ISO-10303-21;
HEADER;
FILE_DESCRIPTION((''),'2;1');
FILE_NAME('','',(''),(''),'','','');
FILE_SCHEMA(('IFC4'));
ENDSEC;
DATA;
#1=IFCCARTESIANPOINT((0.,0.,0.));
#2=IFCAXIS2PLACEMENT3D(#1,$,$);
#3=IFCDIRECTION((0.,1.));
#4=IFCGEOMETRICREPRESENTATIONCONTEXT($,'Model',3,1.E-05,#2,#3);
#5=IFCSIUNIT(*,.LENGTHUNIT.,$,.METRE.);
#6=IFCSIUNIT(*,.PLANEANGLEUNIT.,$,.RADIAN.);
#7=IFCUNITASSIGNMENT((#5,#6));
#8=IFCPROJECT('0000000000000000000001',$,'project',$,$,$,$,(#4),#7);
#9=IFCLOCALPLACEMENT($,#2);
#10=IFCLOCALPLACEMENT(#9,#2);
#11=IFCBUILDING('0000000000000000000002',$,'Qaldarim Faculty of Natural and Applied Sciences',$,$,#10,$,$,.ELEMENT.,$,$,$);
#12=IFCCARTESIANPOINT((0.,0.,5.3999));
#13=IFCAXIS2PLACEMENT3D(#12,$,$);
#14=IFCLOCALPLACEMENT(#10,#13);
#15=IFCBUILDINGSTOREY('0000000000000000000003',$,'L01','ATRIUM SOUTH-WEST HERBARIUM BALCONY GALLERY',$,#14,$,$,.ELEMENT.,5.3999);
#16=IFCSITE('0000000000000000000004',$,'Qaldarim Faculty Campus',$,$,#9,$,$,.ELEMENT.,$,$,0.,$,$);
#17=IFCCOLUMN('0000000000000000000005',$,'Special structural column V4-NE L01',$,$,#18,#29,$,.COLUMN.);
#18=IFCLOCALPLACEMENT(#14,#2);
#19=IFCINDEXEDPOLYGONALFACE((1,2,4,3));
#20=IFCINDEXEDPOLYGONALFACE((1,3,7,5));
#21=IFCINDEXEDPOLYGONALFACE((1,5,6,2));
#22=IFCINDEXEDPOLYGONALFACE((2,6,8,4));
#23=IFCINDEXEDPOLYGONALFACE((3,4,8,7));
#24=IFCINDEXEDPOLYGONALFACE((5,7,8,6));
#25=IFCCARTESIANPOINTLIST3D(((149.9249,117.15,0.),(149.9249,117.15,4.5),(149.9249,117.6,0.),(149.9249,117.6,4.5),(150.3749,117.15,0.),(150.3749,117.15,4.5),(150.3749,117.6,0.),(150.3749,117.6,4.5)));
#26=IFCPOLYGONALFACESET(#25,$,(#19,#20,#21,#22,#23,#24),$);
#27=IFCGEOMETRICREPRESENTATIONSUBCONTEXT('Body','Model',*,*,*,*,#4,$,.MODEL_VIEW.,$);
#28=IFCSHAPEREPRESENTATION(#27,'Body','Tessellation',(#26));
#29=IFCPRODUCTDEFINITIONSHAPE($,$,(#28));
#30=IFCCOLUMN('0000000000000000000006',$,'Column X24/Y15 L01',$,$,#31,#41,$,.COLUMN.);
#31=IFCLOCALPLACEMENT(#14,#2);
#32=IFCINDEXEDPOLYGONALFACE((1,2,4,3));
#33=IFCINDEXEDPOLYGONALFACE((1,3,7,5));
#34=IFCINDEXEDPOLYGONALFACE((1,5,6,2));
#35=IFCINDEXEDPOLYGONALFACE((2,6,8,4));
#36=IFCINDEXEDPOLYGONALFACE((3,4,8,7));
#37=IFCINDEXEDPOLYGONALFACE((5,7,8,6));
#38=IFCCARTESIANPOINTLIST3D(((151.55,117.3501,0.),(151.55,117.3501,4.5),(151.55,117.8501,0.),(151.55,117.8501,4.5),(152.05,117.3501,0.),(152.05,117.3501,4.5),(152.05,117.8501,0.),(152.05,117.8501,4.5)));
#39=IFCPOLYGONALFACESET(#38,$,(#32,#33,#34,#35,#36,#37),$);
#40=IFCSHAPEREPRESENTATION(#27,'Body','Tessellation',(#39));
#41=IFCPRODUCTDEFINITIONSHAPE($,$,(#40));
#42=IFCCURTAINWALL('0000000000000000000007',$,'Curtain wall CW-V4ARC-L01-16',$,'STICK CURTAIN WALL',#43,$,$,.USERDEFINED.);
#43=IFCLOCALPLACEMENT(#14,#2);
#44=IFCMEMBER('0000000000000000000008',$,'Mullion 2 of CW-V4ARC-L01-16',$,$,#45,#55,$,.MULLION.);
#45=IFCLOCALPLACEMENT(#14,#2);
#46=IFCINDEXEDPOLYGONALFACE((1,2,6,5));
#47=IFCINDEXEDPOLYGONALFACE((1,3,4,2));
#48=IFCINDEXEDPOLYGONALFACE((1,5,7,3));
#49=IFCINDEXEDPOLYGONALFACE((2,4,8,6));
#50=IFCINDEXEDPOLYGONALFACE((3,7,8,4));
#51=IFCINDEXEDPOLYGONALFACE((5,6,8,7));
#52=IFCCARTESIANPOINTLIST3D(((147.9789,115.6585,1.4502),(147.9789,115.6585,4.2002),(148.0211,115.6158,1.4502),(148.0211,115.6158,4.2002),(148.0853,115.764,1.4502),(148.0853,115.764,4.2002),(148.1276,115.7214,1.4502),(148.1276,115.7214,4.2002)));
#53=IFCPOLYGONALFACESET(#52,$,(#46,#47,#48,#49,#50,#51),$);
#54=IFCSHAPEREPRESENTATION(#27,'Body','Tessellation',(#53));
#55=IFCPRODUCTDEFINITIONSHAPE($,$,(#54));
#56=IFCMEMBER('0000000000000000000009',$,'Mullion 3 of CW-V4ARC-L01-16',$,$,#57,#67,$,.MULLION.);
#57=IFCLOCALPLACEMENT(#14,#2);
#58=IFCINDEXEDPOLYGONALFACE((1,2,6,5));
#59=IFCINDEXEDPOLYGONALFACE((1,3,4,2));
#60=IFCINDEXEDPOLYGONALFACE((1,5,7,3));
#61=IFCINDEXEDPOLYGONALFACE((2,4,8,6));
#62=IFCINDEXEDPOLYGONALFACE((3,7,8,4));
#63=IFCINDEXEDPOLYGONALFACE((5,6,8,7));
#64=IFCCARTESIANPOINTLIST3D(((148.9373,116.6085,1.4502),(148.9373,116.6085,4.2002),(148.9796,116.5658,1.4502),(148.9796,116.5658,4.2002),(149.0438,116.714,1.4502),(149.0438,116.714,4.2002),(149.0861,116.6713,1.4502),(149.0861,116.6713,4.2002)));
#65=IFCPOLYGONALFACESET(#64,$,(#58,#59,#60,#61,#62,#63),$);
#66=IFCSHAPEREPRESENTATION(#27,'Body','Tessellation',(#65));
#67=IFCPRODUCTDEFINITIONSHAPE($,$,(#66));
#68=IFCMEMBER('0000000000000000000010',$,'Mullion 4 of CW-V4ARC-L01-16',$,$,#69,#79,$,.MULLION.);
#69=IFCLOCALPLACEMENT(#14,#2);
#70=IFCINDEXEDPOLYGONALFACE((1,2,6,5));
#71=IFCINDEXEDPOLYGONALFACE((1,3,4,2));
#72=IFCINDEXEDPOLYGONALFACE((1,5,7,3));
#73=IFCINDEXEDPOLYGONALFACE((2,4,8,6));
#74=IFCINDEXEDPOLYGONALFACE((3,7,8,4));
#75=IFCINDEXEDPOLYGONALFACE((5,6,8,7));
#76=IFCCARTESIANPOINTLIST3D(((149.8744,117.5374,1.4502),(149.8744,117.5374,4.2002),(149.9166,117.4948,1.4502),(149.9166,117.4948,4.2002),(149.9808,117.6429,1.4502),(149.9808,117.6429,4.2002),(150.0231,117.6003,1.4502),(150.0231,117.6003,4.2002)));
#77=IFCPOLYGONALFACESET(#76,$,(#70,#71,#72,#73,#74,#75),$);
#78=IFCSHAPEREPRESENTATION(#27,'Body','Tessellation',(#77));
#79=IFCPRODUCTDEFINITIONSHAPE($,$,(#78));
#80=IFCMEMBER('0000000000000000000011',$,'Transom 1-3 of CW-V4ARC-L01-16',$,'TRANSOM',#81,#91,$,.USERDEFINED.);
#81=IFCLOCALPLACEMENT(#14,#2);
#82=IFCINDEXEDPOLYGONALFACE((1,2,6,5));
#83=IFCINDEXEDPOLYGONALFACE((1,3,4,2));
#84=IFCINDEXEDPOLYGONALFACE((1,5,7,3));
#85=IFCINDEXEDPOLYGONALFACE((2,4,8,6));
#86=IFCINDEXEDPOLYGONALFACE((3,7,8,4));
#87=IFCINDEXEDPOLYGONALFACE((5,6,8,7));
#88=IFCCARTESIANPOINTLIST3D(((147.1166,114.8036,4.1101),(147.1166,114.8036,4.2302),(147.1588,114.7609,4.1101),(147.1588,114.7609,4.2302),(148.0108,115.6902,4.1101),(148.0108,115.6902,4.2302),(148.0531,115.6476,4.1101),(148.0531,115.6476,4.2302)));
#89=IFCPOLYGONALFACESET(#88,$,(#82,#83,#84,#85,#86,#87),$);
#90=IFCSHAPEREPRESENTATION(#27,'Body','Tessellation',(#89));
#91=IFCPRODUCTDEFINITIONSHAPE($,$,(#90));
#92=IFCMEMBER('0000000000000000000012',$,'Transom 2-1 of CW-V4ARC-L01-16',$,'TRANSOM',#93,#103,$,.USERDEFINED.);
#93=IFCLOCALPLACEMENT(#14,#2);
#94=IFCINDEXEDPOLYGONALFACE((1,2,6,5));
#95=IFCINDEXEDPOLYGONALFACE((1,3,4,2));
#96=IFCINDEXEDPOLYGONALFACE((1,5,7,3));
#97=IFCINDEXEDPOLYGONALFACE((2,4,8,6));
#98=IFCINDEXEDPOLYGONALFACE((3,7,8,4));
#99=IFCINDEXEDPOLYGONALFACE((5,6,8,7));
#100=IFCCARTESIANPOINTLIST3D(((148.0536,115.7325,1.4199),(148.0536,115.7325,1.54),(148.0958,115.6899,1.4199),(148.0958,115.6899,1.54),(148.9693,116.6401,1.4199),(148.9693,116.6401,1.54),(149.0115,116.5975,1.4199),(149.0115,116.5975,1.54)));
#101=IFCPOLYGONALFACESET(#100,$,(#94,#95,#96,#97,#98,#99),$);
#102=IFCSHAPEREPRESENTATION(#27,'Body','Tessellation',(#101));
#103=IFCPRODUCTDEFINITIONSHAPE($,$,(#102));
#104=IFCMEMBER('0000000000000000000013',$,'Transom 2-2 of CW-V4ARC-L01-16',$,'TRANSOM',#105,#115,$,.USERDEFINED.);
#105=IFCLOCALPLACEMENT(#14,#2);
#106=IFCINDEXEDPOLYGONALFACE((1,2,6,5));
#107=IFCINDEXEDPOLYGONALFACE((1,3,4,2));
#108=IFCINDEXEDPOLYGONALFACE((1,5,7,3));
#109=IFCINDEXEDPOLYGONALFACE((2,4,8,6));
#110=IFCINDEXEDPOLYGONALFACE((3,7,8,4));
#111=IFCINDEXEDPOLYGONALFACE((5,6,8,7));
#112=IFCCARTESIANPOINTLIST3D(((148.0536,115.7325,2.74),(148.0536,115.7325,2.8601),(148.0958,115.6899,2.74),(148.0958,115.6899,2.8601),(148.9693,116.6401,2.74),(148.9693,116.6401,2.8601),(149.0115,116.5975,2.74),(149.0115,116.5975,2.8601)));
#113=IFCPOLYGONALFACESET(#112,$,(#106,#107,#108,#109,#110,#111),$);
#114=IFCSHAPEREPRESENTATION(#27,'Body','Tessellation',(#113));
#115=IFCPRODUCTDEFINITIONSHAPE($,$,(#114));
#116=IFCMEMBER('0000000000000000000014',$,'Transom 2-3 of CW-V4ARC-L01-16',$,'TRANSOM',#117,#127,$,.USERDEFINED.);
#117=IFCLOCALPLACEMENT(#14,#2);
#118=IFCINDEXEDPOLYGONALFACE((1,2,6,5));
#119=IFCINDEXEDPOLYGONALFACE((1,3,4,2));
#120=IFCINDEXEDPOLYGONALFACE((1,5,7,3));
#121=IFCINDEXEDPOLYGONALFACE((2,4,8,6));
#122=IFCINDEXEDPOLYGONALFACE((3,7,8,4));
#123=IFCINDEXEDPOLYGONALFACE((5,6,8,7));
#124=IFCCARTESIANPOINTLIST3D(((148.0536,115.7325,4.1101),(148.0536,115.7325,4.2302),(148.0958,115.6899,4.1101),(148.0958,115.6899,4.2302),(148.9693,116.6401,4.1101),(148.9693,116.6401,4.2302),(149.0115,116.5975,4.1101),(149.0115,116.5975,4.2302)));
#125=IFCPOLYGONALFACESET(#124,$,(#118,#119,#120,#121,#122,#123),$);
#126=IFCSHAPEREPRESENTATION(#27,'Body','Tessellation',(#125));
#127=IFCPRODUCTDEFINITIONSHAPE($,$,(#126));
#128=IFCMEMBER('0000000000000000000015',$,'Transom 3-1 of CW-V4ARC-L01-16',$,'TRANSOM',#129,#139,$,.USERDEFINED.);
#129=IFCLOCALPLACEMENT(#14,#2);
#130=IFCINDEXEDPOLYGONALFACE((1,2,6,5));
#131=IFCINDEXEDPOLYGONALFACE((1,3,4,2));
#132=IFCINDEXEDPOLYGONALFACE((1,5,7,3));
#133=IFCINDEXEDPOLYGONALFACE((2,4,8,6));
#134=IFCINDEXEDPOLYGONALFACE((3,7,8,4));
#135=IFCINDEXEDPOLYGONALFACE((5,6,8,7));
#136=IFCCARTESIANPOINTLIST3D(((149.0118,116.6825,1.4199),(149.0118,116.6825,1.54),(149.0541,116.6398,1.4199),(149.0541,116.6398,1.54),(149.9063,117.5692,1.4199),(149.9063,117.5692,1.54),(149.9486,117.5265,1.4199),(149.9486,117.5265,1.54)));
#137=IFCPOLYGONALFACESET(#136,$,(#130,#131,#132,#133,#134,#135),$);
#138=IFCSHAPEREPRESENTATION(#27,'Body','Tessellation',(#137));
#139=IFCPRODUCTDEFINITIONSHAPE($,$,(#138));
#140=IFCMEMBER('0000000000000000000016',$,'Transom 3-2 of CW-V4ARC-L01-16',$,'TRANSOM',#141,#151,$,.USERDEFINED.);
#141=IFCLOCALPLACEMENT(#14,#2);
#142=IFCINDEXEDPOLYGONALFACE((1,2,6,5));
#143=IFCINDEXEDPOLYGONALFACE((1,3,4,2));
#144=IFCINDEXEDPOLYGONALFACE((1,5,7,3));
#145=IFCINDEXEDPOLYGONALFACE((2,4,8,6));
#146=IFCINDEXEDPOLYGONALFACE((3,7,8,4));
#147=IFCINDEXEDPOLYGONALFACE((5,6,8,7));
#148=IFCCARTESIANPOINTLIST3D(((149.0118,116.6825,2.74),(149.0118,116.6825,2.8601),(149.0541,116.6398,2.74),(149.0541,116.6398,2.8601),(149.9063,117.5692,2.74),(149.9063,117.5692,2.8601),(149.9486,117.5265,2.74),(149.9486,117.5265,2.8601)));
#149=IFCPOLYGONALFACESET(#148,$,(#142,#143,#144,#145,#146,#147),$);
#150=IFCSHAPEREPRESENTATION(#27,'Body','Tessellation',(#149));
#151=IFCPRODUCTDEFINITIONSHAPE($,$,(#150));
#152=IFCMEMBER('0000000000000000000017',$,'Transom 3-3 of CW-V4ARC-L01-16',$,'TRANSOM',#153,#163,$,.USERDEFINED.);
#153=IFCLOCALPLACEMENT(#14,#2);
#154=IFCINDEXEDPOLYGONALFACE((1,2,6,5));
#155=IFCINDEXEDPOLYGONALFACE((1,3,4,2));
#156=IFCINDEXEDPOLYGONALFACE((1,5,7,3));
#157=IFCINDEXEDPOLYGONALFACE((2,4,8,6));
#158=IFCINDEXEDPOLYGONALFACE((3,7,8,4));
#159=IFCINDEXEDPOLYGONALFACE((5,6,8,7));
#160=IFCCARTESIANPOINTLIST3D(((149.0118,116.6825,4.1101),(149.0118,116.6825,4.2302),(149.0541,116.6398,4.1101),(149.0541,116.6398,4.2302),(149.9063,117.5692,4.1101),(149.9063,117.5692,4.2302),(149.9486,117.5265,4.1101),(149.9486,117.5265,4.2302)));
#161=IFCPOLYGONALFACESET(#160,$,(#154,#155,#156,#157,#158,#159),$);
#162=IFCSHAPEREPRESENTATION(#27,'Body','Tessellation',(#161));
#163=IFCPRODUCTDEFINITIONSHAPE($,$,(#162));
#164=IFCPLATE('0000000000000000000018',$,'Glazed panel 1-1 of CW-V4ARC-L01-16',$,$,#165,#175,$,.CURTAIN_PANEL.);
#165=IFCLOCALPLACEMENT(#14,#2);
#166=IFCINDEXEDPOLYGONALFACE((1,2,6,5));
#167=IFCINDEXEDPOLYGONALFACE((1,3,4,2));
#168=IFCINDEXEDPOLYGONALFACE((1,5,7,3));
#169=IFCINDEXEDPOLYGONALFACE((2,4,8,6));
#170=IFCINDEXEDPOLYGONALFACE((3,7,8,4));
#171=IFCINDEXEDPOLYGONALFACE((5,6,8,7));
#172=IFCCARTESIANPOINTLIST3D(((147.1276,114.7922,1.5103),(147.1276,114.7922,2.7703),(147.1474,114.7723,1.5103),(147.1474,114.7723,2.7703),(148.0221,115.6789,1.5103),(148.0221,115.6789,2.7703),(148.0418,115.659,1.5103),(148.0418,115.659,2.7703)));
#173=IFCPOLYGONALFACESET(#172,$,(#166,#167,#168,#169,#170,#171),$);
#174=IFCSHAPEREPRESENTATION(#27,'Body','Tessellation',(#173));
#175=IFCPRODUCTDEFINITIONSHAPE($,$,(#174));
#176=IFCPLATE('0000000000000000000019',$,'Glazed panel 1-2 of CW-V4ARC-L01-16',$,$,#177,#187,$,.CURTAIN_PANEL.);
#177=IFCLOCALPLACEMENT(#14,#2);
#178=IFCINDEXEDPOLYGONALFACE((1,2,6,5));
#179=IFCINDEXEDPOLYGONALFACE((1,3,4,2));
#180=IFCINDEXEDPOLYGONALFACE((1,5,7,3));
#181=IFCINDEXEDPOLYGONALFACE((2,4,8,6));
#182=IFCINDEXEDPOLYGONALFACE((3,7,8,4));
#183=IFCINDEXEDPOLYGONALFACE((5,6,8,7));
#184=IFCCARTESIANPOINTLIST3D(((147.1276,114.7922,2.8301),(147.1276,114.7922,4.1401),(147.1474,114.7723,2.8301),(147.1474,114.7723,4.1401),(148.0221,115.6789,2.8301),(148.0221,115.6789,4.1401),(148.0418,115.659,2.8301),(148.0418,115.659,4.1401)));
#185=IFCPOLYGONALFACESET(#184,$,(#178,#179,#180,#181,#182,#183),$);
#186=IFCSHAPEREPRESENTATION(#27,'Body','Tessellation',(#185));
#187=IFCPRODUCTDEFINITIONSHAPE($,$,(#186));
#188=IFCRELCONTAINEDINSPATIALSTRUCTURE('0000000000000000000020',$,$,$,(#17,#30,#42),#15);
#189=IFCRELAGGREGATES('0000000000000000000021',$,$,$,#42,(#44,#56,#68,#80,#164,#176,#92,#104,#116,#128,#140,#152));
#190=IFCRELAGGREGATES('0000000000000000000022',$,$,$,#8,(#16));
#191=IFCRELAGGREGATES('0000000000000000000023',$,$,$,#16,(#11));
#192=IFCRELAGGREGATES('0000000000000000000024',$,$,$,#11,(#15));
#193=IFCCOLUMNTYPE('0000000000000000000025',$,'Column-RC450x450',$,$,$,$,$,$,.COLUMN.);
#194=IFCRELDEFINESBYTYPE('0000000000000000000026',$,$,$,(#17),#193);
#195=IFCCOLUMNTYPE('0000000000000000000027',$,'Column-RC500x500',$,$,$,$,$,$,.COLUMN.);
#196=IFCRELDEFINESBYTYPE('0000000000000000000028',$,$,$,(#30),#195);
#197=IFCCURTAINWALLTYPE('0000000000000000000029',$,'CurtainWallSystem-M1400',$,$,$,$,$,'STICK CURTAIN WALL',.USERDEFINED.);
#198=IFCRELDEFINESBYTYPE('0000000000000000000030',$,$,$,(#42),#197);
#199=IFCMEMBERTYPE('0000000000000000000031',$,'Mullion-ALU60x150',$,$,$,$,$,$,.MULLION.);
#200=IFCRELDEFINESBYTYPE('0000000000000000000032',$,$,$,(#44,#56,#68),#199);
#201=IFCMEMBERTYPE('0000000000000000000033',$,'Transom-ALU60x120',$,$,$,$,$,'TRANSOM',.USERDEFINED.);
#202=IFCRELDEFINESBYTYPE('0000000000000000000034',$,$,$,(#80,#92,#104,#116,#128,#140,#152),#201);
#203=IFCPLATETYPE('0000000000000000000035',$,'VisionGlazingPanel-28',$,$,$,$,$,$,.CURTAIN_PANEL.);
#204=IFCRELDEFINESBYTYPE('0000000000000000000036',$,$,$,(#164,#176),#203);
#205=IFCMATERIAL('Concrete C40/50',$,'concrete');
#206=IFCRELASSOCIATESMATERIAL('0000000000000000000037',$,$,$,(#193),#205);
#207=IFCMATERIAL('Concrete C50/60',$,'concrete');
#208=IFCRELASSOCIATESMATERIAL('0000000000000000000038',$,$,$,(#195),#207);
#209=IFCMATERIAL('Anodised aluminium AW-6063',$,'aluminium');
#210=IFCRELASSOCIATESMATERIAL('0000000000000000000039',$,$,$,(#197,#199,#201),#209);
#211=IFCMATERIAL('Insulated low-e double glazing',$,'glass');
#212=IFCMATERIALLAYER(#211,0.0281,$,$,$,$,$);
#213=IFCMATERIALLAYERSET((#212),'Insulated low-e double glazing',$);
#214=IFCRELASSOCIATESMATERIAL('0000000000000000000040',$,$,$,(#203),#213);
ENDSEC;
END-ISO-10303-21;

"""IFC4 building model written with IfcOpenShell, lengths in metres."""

from ifc_helpers import new_model, si_unit, direction, frame, origin, origin_2d, place, context, subcontext, project, spatial, rectangle, extrude, material, layer, layer_set, material_profile, profile_set, type_object, element, aggregate, save


model = new_model("IFC4")

# Units and contexts
model_context = context("Model", 3, precision=1e-05, world=origin(), true_north=direction((0.0, 1.0)))
body_context = subcontext(model_context, "Body", "Model", "MODEL_VIEW")
ifc_project = project(units=[si_unit("LENGTHUNIT", "METRE"), si_unit("PLANEANGLEUNIT", "RADIAN")], contexts=[model_context])

# Site, building, storey
site_placement = place(None, origin())
site = spatial("IfcSite", under=ifc_project, at=site_placement, Name="Qaldarim Faculty Campus", CompositionType="ELEMENT", RefElevation=0.0)
building_placement = place(site_placement, origin())
building = spatial("IfcBuilding", under=site, at=building_placement, Name="Qaldarim Faculty of Natural and Applied Sciences", CompositionType="ELEMENT")
storey_placement = place(building_placement, frame((0.0, 0.0, 5.3999)))
storey = spatial("IfcBuildingStorey", under=building, at=storey_placement, Name="L01", Description="ATRIUM SOUTH-WEST HERBARIUM BALCONY GALLERY", CompositionType="ELEMENT", Elevation=5.3999)

# Columns
ifc_material_1 = material(Name="Concrete C40/50", Category="concrete")
ifc_material_profile_1 = material_profile(ifc_material_1, rectangle(XDim=0.45, YDim=0.45, at=origin_2d()), Name="RC-C450x450")
ifc_profile_set_1 = profile_set([ifc_material_profile_1], Name="Concrete C40/50")
column_type_1 = type_object("IfcColumnType", Name="Column-RC450x450", PredefinedType="COLUMN", material=ifc_profile_set_1)
column_1_placement = place(storey_placement, frame((150.1499, 117.375, 0.0), z_axis=(0.0, 0.0, 1.0), x_axis=(1.0, 0.0, 0.0)))
element("IfcColumn", 1, at=column_1_placement, inside=storey, type_object=column_type_1, Name="Special structural column V4-NE L01", PredefinedType="COLUMN", context=body_context, shape_type="SweptSolid", body=[
    extrude(rectangle(XDim=0.45, YDim=0.45, at=origin_2d()), origin(), (0.0, 0.0, 1.0), 4.5),
])
ifc_material_2 = material(Name="Concrete C50/60", Category="concrete")
ifc_material_profile_2 = material_profile(ifc_material_2, rectangle(XDim=0.5, YDim=0.5, at=origin_2d()), Name="RC-C500x500")
ifc_profile_set_2 = profile_set([ifc_material_profile_2], Name="Concrete C50/60")
column_type_2 = type_object("IfcColumnType", Name="Column-RC500x500", PredefinedType="COLUMN", material=ifc_profile_set_2)
column_2_placement = place(storey_placement, frame((151.8, 117.6001, 0.0), z_axis=(0.0, 0.0, 1.0), x_axis=(1.0, 0.0, 0.0)))
element("IfcColumn", 2, at=column_2_placement, inside=storey, type_object=column_type_2, Name="Column X24/Y15 L01", PredefinedType="COLUMN", context=body_context, shape_type="SweptSolid", body=[
    extrude(rectangle(XDim=0.5, YDim=0.5, at=origin_2d()), origin(), (0.0, 0.0, 1.0), 4.5),
])

# Curtain wall, members, plates
ifc_material_3 = material(Name="Anodised aluminium AW-6063", Category="aluminium")
curtain_wall_type = type_object("IfcCurtainWallType", Name="CurtainWallSystem-M1400", ElementType="STICK CURTAIN WALL", PredefinedType="USERDEFINED", material=ifc_material_3)
curtain_wall_placement = place(storey_placement, origin())
curtain_wall = element("IfcCurtainWall", 3, at=curtain_wall_placement, inside=storey, type_object=curtain_wall_type, Name="Curtain wall CW-V4ARC-L01-16", ObjectType="STICK CURTAIN WALL", PredefinedType="USERDEFINED")
ifc_material_profile_3 = material_profile(ifc_material_3, rectangle(XDim=0.0601, YDim=0.1499, at=origin_2d()), Name="ALU-M60x150")
ifc_profile_set_3 = profile_set([ifc_material_profile_3], Name="Anodised aluminium AW-6063")
member_type_1 = type_object("IfcMemberType", Name="Mullion-ALU60x150", PredefinedType="MULLION", material=ifc_profile_set_3)
member_1_placement = place(storey_placement, frame((148.0532, 115.6899, 1.4502), z_axis=(0.0, 0.0, 1.0), x_axis=(-0.704015, 0.710185, 0.0)))
member_1 = element("IfcMember", 4, at=member_1_placement, type_object=member_type_1, Name="Mullion 2 of CW-V4ARC-L01-16", PredefinedType="MULLION", context=body_context, shape_type="SweptSolid", body=[
    extrude(rectangle(XDim=0.0601, YDim=0.1499, at=origin_2d()), origin(), (0.0, 0.0, 1.0), 2.75),
])
member_2_placement = place(storey_placement, frame((149.0117, 116.6399, 1.4502), z_axis=(0.0, 0.0, 1.0), x_axis=(-0.704015, 0.710185, 0.0)))
member_2 = element("IfcMember", 5, at=member_2_placement, type_object=member_type_1, Name="Mullion 3 of CW-V4ARC-L01-16", PredefinedType="MULLION", context=body_context, shape_type="SweptSolid", body=[
    extrude(rectangle(XDim=0.0601, YDim=0.1499, at=origin_2d()), origin(), (0.0, 0.0, 1.0), 2.75),
])
member_3_placement = place(storey_placement, frame((149.9487, 117.5688, 1.4502), z_axis=(0.0, 0.0, 1.0), x_axis=(-0.704015, 0.710185, 0.0)))
member_3 = element("IfcMember", 6, at=member_3_placement, type_object=member_type_1, Name="Mullion 4 of CW-V4ARC-L01-16", PredefinedType="MULLION", context=body_context, shape_type="SweptSolid", body=[
    extrude(rectangle(XDim=0.0601, YDim=0.1499, at=origin_2d()), origin(), (0.0, 0.0, 1.0), 2.75),
])
ifc_material_profile_4 = material_profile(ifc_material_3, rectangle(XDim=0.0601, YDim=0.1201, at=origin_2d()), Name="ALU-T60x120")
ifc_profile_set_4 = profile_set([ifc_material_profile_4], Name="Anodised aluminium AW-6063")
member_type_2 = type_object("IfcMemberType", Name="Transom-ALU60x120", ElementType="TRANSOM", PredefinedType="USERDEFINED", material=ifc_profile_set_4)
member_4_placement = place(storey_placement, frame((147.1377, 114.7822, 4.1702), z_axis=(0.710105, 0.704096, 0.0), x_axis=(-0.704096, 0.710105, 0.0)))
member_4 = element("IfcMember", 7, at=member_4_placement, type_object=member_type_2, Name="Transom 1-3 of CW-V4ARC-L01-16", ObjectType="TRANSOM", PredefinedType="USERDEFINED", context=body_context, shape_type="SweptSolid", body=[
    extrude(rectangle(XDim=0.0601, YDim=0.1201, at=origin_2d()), origin(), (0.0, 0.0, 1.0), 1.2593),
])
member_5_placement = place(storey_placement, frame((148.0747, 115.7112, 1.48), z_axis=(0.710224, 0.703976, 0.0), x_axis=(-0.703976, 0.710224, 0.0)))
member_5 = element("IfcMember", 8, at=member_5_placement, type_object=member_type_2, Name="Transom 2-1 of CW-V4ARC-L01-16", ObjectType="TRANSOM", PredefinedType="USERDEFINED", context=body_context, shape_type="SweptSolid", body=[
    extrude(rectangle(XDim=0.0601, YDim=0.1201, at=origin_2d()), origin(), (0.0, 0.0, 1.0), 1.2893),
])
member_6_placement = place(storey_placement, frame((148.0747, 115.7112, 2.8), z_axis=(0.710224, 0.703976, 0.0), x_axis=(-0.703976, 0.710224, 0.0)))
member_6 = element("IfcMember", 9, at=member_6_placement, type_object=member_type_2, Name="Transom 2-2 of CW-V4ARC-L01-16", ObjectType="TRANSOM", PredefinedType="USERDEFINED", context=body_context, shape_type="SweptSolid", body=[
    extrude(rectangle(XDim=0.0601, YDim=0.1201, at=origin_2d()), origin(), (0.0, 0.0, 1.0), 1.2893),
])
member_7_placement = place(storey_placement, frame((148.0747, 115.7112, 4.1702), z_axis=(0.710224, 0.703976, 0.0), x_axis=(-0.703976, 0.710224, 0.0)))
member_7 = element("IfcMember", 10, at=member_7_placement, type_object=member_type_2, Name="Transom 2-3 of CW-V4ARC-L01-16", ObjectType="TRANSOM", PredefinedType="USERDEFINED", context=body_context, shape_type="SweptSolid", body=[
    extrude(rectangle(XDim=0.0601, YDim=0.1201, at=origin_2d()), origin(), (0.0, 0.0, 1.0), 1.2893),
])
member_8_placement = place(storey_placement, frame((149.033, 116.6611, 1.48), z_axis=(0.710201, 0.703999, 0.0), x_axis=(-0.703999, 0.710201, 0.0)))
member_8 = element("IfcMember", 11, at=member_8_placement, type_object=member_type_2, Name="Transom 3-1 of CW-V4ARC-L01-16", ObjectType="TRANSOM", PredefinedType="USERDEFINED", context=body_context, shape_type="SweptSolid", body=[
    extrude(rectangle(XDim=0.0601, YDim=0.1201, at=origin_2d()), origin(), (0.0, 0.0, 1.0), 1.2595),
])
member_9_placement = place(storey_placement, frame((149.033, 116.6611, 2.8), z_axis=(0.710201, 0.703999, 0.0), x_axis=(-0.703999, 0.710201, 0.0)))
member_9 = element("IfcMember", 12, at=member_9_placement, type_object=member_type_2, Name="Transom 3-2 of CW-V4ARC-L01-16", ObjectType="TRANSOM", PredefinedType="USERDEFINED", context=body_context, shape_type="SweptSolid", body=[
    extrude(rectangle(XDim=0.0601, YDim=0.1201, at=origin_2d()), origin(), (0.0, 0.0, 1.0), 1.2595),
])
member_10_placement = place(storey_placement, frame((149.033, 116.6611, 4.1702), z_axis=(0.710201, 0.703999, 0.0), x_axis=(-0.703999, 0.710201, 0.0)))
member_10 = element("IfcMember", 13, at=member_10_placement, type_object=member_type_2, Name="Transom 3-3 of CW-V4ARC-L01-16", ObjectType="TRANSOM", PredefinedType="USERDEFINED", context=body_context, shape_type="SweptSolid", body=[
    extrude(rectangle(XDim=0.0601, YDim=0.1201, at=origin_2d()), origin(), (0.0, 0.0, 1.0), 1.2595),
])
ifc_material_4 = material(Name="Insulated low-e double glazing", Category="glass")
ifc_layer_1 = layer(ifc_material_4, 0.0281)
ifc_layer_set_1 = layer_set([ifc_layer_1], Name="Insulated low-e double glazing")
plate_type = type_object("IfcPlateType", Name="VisionGlazingPanel-28", PredefinedType="CURTAIN_PANEL", material=ifc_layer_set_1)
plate_1_placement = place(storey_placement, frame((147.5847, 115.2256, 1.5103), z_axis=(0.0, 0.0, 1.0), x_axis=(0.710185, 0.704015, 0.0)))
plate_1 = element("IfcPlate", 14, at=plate_1_placement, type_object=plate_type, Name="Glazed panel 1-1 of CW-V4ARC-L01-16", PredefinedType="CURTAIN_PANEL", context=body_context, shape_type="SweptSolid", body=[
    extrude(rectangle(XDim=1.2595, YDim=0.0281, at=origin_2d()), origin(), (0.0, 0.0, 1.0), 1.26),
])
plate_2_placement = place(storey_placement, frame((147.5847, 115.2256, 2.8301), z_axis=(0.0, 0.0, 1.0), x_axis=(0.710185, 0.704015, 0.0)))
plate_2 = element("IfcPlate", 15, at=plate_2_placement, type_object=plate_type, Name="Glazed panel 1-2 of CW-V4ARC-L01-16", PredefinedType="CURTAIN_PANEL", context=body_context, shape_type="SweptSolid", body=[
    extrude(rectangle(XDim=1.2595, YDim=0.0281, at=origin_2d()), origin(), (0.0, 0.0, 1.0), 1.3101),
])
aggregate(curtain_wall, [member_1, member_2, member_3, member_4, plate_1, plate_2, member_5, member_6, member_7, member_8, member_9, member_10])

save(model, "model.ifc")
